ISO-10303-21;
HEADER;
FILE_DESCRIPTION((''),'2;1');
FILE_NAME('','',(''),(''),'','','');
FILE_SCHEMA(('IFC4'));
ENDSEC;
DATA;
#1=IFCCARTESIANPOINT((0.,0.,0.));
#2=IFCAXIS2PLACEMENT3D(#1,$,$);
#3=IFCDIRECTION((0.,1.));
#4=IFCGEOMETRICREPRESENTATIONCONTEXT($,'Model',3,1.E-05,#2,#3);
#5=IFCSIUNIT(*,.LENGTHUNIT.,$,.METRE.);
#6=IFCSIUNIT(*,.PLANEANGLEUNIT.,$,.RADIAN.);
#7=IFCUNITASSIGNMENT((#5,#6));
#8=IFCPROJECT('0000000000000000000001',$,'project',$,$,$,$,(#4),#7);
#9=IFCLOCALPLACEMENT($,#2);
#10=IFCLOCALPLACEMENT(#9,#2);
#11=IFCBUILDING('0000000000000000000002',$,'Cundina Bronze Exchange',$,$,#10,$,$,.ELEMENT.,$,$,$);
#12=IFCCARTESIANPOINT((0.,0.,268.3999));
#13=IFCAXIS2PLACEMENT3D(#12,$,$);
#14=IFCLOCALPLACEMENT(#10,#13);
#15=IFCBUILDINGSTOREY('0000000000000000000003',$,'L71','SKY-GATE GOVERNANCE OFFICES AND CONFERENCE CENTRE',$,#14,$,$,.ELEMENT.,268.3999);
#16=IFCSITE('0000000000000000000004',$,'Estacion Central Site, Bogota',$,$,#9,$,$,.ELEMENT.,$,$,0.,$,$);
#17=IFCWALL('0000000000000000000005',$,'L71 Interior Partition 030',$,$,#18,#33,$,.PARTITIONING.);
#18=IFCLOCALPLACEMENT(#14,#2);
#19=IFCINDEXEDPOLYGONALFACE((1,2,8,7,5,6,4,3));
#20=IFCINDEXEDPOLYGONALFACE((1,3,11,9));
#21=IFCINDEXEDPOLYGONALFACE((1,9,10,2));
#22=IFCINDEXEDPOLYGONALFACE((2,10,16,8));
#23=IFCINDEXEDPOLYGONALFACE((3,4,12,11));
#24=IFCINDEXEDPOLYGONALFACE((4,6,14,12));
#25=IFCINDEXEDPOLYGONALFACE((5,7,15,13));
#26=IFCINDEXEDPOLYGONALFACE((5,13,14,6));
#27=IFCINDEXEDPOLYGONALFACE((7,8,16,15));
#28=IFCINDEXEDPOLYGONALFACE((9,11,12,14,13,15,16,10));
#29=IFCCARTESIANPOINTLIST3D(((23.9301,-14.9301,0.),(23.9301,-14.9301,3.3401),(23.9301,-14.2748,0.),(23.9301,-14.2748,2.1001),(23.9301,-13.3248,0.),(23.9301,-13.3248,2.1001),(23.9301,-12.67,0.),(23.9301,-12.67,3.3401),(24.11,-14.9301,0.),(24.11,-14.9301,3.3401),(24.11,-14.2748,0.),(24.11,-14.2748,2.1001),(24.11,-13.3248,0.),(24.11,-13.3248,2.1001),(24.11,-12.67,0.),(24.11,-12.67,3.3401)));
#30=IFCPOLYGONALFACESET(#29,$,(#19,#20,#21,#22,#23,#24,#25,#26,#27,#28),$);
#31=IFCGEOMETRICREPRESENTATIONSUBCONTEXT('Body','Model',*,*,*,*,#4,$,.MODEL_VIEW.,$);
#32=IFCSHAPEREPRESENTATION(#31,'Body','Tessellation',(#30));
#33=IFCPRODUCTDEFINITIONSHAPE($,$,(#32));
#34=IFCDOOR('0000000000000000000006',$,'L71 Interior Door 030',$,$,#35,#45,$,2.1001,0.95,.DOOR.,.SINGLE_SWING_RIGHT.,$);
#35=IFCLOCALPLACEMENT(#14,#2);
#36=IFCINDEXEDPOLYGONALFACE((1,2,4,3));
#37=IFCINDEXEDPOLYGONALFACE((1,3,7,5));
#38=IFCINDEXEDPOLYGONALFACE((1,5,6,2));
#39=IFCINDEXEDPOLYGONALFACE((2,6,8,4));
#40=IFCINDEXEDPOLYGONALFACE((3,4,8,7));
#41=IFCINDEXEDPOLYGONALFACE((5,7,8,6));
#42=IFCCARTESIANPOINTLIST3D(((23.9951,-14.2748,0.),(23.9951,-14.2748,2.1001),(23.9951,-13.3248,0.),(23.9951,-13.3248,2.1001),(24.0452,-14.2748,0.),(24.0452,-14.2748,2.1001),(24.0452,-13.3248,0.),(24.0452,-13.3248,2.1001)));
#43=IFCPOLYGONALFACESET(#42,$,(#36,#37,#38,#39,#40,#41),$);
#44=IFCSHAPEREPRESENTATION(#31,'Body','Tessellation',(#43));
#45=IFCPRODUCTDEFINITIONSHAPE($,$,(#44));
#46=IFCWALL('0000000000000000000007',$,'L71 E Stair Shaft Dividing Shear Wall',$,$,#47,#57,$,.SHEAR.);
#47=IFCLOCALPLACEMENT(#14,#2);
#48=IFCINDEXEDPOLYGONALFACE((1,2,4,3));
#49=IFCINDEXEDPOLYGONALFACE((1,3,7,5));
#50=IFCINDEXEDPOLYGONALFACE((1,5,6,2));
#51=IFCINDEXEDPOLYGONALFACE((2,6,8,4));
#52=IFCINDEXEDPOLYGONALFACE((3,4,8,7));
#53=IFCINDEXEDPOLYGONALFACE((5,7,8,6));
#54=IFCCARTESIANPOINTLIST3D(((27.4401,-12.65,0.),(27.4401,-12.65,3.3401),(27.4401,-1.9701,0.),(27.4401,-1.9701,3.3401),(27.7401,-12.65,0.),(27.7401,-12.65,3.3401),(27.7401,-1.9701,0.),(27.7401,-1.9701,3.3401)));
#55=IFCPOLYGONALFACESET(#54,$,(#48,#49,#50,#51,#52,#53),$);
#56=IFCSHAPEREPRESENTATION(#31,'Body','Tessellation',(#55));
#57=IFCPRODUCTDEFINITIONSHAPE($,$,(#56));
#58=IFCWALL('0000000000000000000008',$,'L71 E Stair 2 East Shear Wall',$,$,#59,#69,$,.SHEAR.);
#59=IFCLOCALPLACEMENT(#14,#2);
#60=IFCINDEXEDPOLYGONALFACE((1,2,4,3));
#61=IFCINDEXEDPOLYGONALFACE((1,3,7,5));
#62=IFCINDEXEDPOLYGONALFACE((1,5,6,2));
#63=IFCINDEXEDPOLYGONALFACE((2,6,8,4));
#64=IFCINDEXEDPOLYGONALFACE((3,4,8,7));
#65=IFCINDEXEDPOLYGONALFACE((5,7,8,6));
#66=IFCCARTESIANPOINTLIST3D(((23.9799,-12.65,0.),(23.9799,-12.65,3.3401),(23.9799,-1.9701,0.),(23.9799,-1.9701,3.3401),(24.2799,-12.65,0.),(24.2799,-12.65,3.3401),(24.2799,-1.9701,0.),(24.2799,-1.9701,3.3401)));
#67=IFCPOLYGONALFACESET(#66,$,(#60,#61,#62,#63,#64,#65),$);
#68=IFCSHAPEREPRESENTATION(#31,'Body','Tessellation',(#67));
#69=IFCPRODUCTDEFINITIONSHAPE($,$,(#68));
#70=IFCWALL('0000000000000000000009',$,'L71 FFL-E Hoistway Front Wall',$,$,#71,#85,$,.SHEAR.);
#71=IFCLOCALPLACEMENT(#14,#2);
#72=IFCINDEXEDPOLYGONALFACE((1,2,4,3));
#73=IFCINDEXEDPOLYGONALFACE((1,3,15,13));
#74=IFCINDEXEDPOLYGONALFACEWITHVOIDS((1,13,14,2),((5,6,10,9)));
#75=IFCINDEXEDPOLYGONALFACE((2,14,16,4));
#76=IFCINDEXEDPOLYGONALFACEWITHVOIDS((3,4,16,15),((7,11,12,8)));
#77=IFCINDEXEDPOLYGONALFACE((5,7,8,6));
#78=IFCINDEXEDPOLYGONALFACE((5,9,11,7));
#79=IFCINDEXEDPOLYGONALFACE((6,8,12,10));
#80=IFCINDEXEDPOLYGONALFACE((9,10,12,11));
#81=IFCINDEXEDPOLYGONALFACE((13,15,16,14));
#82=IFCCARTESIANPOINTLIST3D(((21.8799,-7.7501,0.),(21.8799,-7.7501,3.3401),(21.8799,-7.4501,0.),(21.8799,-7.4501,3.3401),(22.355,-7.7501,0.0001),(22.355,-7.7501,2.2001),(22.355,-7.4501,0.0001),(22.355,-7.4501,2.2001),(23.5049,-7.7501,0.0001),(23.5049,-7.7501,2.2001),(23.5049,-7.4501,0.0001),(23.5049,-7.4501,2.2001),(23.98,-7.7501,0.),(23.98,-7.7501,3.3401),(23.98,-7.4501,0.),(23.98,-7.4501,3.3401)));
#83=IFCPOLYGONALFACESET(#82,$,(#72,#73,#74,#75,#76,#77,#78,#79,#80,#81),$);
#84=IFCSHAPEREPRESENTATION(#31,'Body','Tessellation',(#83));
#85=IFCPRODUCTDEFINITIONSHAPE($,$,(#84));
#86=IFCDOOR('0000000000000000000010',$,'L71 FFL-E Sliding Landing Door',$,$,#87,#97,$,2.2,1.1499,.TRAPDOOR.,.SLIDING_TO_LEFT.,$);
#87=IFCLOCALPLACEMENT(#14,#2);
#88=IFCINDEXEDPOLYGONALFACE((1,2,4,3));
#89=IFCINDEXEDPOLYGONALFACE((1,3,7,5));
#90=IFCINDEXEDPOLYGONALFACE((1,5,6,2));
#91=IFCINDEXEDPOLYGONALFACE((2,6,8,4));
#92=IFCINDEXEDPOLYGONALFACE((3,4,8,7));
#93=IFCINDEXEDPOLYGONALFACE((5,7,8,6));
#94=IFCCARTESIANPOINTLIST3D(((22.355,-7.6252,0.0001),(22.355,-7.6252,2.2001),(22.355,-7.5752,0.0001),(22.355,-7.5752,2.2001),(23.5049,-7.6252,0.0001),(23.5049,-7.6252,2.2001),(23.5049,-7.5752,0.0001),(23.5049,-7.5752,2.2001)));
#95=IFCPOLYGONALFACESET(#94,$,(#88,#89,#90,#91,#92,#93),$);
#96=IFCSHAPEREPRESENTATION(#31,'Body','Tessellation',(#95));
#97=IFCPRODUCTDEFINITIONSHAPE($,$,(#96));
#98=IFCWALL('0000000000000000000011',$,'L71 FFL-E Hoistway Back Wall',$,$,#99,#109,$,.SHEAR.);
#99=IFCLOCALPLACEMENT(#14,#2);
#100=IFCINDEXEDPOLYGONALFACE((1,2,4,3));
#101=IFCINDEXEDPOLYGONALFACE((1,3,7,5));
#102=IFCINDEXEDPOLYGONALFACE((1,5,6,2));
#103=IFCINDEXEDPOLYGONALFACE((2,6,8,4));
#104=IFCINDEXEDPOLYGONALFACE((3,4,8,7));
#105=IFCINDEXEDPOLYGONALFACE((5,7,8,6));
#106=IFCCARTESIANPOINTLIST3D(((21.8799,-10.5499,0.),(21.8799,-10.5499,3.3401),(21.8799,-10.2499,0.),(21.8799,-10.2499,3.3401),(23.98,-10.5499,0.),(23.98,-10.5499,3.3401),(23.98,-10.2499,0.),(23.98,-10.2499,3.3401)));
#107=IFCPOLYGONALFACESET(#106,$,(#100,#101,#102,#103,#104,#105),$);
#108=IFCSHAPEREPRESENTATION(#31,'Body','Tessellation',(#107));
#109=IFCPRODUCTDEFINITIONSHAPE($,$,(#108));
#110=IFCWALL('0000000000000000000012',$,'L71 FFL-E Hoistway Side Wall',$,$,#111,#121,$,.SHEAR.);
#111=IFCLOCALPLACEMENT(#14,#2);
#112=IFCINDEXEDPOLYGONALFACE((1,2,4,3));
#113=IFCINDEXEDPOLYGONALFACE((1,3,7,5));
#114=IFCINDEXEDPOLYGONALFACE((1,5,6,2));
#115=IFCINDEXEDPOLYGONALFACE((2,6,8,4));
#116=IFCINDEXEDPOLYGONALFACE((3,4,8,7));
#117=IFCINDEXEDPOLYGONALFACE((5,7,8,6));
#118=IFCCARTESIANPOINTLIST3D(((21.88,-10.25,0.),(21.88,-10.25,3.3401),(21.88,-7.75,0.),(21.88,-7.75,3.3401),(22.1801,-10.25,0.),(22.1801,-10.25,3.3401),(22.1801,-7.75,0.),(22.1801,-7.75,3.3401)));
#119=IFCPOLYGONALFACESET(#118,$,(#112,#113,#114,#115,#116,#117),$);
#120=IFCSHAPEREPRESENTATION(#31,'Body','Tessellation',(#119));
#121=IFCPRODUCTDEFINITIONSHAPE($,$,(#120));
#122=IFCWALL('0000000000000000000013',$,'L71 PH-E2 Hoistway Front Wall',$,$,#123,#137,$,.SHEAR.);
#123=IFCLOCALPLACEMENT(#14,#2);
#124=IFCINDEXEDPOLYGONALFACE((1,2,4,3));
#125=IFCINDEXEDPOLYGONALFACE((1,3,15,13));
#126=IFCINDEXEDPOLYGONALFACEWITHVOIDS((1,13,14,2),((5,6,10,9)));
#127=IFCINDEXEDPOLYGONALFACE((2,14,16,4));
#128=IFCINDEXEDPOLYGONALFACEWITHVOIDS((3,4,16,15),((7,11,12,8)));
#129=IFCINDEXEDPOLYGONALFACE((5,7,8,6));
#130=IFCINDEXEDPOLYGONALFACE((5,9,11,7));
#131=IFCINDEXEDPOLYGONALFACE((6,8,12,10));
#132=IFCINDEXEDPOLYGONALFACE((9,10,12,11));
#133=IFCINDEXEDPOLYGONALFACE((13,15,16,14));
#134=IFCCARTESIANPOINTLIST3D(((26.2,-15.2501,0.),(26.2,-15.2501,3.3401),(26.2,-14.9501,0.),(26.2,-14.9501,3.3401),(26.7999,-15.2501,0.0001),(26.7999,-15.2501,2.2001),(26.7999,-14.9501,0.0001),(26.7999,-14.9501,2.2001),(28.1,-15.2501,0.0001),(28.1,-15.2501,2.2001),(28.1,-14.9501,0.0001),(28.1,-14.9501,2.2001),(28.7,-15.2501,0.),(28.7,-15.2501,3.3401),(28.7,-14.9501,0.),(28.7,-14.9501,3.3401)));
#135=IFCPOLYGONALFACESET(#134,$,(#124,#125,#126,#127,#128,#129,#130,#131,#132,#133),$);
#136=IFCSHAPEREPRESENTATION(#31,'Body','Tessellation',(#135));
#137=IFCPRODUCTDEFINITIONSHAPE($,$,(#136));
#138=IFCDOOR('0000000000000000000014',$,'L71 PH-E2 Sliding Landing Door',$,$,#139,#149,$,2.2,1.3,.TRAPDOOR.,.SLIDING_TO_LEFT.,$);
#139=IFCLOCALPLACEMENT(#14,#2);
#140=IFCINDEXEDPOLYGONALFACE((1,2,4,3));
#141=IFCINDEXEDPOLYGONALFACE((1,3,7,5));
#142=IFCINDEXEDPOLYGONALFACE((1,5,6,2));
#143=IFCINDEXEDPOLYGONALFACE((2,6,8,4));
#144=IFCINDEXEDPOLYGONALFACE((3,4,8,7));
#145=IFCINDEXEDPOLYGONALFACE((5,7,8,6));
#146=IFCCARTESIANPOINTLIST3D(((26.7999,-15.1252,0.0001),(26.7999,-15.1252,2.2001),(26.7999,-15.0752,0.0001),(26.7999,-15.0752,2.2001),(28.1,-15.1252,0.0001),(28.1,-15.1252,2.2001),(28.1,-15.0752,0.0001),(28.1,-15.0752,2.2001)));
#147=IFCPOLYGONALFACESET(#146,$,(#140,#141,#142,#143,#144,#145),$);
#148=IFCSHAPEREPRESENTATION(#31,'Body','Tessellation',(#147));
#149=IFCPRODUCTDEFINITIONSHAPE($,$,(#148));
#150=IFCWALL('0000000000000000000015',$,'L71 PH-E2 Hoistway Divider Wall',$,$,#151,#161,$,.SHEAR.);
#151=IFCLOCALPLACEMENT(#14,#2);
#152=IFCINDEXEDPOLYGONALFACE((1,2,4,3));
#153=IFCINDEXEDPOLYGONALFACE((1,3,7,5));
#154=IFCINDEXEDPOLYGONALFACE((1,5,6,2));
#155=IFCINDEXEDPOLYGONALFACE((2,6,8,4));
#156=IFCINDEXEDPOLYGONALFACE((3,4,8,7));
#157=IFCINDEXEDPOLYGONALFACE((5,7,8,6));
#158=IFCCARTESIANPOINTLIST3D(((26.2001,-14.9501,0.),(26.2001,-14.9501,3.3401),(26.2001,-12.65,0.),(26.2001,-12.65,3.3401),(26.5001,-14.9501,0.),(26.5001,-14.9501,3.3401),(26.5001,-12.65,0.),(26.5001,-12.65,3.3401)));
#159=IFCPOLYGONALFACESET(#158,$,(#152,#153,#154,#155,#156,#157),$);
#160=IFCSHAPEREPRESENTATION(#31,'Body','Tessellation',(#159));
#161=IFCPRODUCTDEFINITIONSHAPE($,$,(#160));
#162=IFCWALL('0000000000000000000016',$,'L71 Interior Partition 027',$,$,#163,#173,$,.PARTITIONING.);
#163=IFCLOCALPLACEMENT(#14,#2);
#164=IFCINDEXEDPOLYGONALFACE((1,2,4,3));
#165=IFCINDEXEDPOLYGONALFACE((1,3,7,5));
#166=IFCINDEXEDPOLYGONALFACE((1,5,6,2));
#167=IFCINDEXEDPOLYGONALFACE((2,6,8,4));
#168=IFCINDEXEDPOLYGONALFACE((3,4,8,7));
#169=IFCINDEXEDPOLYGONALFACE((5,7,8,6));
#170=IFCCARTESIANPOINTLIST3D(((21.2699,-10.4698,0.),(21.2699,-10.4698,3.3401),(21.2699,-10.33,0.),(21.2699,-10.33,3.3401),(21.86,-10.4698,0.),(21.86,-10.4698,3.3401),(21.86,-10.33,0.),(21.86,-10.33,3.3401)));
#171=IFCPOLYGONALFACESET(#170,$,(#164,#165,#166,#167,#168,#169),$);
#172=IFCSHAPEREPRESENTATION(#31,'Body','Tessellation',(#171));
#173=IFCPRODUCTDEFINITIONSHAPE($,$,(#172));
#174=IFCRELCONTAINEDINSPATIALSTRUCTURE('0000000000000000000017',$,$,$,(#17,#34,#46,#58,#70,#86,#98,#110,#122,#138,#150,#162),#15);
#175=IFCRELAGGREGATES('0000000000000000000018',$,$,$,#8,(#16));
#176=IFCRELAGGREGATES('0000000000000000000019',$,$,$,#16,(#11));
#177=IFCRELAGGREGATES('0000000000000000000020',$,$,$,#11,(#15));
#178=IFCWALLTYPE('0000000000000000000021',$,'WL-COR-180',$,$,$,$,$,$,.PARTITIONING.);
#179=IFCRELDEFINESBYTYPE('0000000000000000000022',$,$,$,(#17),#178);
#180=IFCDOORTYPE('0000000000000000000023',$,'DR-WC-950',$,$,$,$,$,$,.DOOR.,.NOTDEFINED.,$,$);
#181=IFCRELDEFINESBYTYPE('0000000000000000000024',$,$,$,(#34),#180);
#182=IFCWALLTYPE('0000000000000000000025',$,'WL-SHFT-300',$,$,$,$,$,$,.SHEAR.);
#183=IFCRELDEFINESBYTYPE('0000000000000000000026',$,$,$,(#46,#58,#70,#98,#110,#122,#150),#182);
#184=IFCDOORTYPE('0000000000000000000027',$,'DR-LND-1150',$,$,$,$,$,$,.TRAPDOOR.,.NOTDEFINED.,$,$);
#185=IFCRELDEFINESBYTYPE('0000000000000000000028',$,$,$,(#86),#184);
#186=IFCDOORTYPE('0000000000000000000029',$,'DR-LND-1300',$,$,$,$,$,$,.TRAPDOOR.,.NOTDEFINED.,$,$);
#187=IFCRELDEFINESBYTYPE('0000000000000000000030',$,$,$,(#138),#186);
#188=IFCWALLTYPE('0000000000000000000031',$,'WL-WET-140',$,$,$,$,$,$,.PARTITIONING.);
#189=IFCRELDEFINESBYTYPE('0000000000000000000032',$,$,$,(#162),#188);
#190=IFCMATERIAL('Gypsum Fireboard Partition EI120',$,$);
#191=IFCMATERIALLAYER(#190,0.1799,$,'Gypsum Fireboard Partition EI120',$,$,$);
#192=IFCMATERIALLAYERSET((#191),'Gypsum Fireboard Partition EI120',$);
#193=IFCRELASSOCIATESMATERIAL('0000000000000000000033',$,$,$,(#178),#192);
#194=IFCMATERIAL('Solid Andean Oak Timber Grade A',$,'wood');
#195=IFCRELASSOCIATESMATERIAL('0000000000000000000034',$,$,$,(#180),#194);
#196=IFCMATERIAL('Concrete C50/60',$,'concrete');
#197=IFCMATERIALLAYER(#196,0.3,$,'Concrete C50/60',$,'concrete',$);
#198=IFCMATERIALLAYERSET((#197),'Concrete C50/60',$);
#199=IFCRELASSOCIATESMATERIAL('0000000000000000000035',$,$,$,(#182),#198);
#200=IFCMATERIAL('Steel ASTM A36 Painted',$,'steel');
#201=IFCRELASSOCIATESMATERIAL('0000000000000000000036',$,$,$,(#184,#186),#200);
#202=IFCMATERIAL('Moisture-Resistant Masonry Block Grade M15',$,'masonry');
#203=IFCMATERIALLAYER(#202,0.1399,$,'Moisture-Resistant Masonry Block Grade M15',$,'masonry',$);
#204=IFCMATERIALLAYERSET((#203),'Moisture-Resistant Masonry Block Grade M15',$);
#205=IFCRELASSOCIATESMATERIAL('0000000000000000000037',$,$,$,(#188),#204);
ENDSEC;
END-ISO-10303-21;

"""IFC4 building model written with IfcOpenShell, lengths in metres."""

from ifc_helpers import new_model, si_unit, direction, frame, frame_2d, origin, place, context, subcontext, project, spatial, rectangle, extrude, material, layer, layer_set, type_object, element, fill, save


model = new_model("IFC4")

# Units and contexts
model_context = context("Model", 3, precision=1e-05, world=origin(), true_north=direction((0.0, 1.0)))
body_context = subcontext(model_context, "Body", "Model", "MODEL_VIEW")
ifc_project = project(units=[si_unit("LENGTHUNIT", "METRE"), si_unit("PLANEANGLEUNIT", "RADIAN")], contexts=[model_context])

# Site, building, storey
site_placement = place(None, origin())
site = spatial("IfcSite", under=ifc_project, at=site_placement, Name="Estacion Central Site, Bogota", CompositionType="ELEMENT", RefElevation=0.0)
building_placement = place(site_placement, origin())
building = spatial("IfcBuilding", under=site, at=building_placement, Name="Cundina Bronze Exchange", CompositionType="ELEMENT")
storey_placement = place(building_placement, frame((0.0, 0.0, 268.3999)))
storey = spatial("IfcBuildingStorey", under=building, at=storey_placement, Name="L71", Description="SKY-GATE GOVERNANCE OFFICES AND CONFERENCE CENTRE", CompositionType="ELEMENT", Elevation=268.3999)

# Shared definitions
ifc_material_1 = material(Name="Concrete C50/60", Category="concrete")

# Shared definitions
ifc_material_2 = material(Name="Gypsum Fireboard Partition EI120")
ifc_layer_1 = layer(ifc_material_2, 0.1799, Name="Gypsum Fireboard Partition EI120")
ifc_layer_set_1 = layer_set([ifc_layer_1], Name="Gypsum Fireboard Partition EI120")
wall_type_1 = type_object("IfcWallType", Name="WL-COR-180", PredefinedType="PARTITIONING", material=ifc_layer_set_1)

# Wall, opening, door
wall_1_placement = place(storey_placement, frame((24.02, -14.9299, 0.0), z_axis=(0.0, 0.0, 1.0), x_axis=(0.0, 1.0, 0.0)))
wall_1 = element("IfcWall", 1, at=wall_1_placement, inside=storey, type_object=wall_type_1, Name="L71 Interior Partition 030", PredefinedType="PARTITIONING", context=body_context, shape_type="SweptSolid", body=[
    extrude(rectangle(XDim=2.26, YDim=0.1799, at=frame_2d((1.1299, 0.0))), origin(), (0.0, 0.0, 1.0), 3.3401),
])
opening_1_placement = place(wall_1_placement, frame((0.655, 0.0, 0.0)))
opening_1 = element("IfcOpeningElement", 2, at=opening_1_placement, cuts=wall_1, PredefinedType="OPENING", context=body_context, shape_type="SweptSolid", body=[
    extrude(rectangle(XDim=0.95, YDim=2.1001, at=frame_2d((0.4751, 1.05))), frame((0.0, 0.0999, 0.0), z_axis=(0.0, -1.0, 0.0), x_axis=(1.0, 0.0, 0.0)), (0.0, 0.0, 1.0), 0.2),
])
ifc_material_3 = material(Name="Solid Andean Oak Timber Grade A", Category="wood")
door_type_1 = type_object("IfcDoorType", Name="DR-WC-950", OperationType="NOTDEFINED", PredefinedType="DOOR", material=ifc_material_3)
door_1_placement = place(opening_1_placement, origin())
door_1 = element("IfcDoor", 3, at=door_1_placement, inside=storey, type_object=door_type_1, Name="L71 Interior Door 030", OperationType="SINGLE_SWING_RIGHT", OverallHeight=2.1001, OverallWidth=0.95, PredefinedType="DOOR", context=body_context, shape_type="SweptSolid", body=[
    extrude(rectangle(XDim=0.95, YDim=2.1001, at=frame_2d((0.4751, 1.05))), frame((0.0, 0.0249, 0.0), z_axis=(0.0, -1.0, 0.0), x_axis=(1.0, 0.0, 0.0)), (0.0, 0.0, 1.0), 0.05),
])
fill(opening_1, door_1)

# Walls
ifc_layer_2 = layer(ifc_material_1, 0.3, Name="Concrete C50/60", Category="concrete")
ifc_layer_set_2 = layer_set([ifc_layer_2], Name="Concrete C50/60")
wall_type_2 = type_object("IfcWallType", Name="WL-SHFT-300", PredefinedType="SHEAR", material=ifc_layer_set_2)
for number, where, z_axis, x_axis, name in (
    (4, (27.5901, -12.6499, 0.0), (0.0, 0.0, 1.0), (0.0, 1.0, 0.0), "L71 E Stair Shaft Dividing Shear Wall"),
    (5, (24.1299, -12.6499, 0.0), (0.0, 0.0, 1.0), (0.0, 1.0, 0.0), "L71 E Stair 2 East Shear Wall"),
):
    element("IfcWall", number, at=place(storey_placement, frame(where, z_axis=z_axis, x_axis=x_axis)), inside=storey, type_object=wall_type_2, Name=name, PredefinedType="SHEAR", context=body_context, shape_type="SweptSolid", body=[
        extrude(rectangle(XDim=10.6799, YDim=0.3, at=frame_2d((5.3398, 0.0))), origin(), (0.0, 0.0, 1.0), 3.3401),
    ])

# Wall, opening, door
ifc_material_4 = material(Name="Steel ASTM A36 Painted", Category="steel")
wall_2_placement = place(storey_placement, frame((21.8799, -7.6001, 0.0), z_axis=(0.0, 0.0, 1.0), x_axis=(1.0, 0.0, 0.0)))
wall_2 = element("IfcWall", 6, at=wall_2_placement, inside=storey, type_object=wall_type_2, Name="L71 FFL-E Hoistway Front Wall", PredefinedType="SHEAR", context=body_context, shape_type="SweptSolid", body=[
    extrude(rectangle(XDim=2.1001, YDim=0.3, at=frame_2d((1.05, 0.0))), origin(), (0.0, 0.0, 1.0), 3.3401),
])
opening_2_placement = place(wall_2_placement, frame((0.4751, 0.0, 0.0)))
opening_2 = element("IfcOpeningElement", 7, at=opening_2_placement, cuts=wall_2, PredefinedType="OPENING", context=body_context, shape_type="SweptSolid", body=[
    extrude(rectangle(XDim=1.1499, YDim=2.2, at=frame_2d((0.575, 1.1001))), frame((0.0, 0.1599, 0.0), z_axis=(0.0, -1.0, 0.0), x_axis=(1.0, 0.0, 0.0)), (0.0, 0.0, 1.0), 0.3201),
])
door_type_2 = type_object("IfcDoorType", Name="DR-LND-1150", OperationType="NOTDEFINED", PredefinedType="TRAPDOOR", material=ifc_material_4)
door_2_placement = place(opening_2_placement, origin())
door_2 = element("IfcDoor", 8, at=door_2_placement, inside=storey, type_object=door_type_2, Name="L71 FFL-E Sliding Landing Door", OperationType="SLIDING_TO_LEFT", OverallHeight=2.2, OverallWidth=1.1499, PredefinedType="TRAPDOOR", context=body_context, shape_type="SweptSolid", body=[
    extrude(rectangle(XDim=1.1499, YDim=2.2, at=frame_2d((0.575, 1.1001))), frame((0.0, 0.0249, 0.0), z_axis=(0.0, -1.0, 0.0), x_axis=(1.0, 0.0, 0.0)), (0.0, 0.0, 1.0), 0.05),
])
fill(opening_2, door_2)

# Walls
wall_3_placement = place(storey_placement, frame((21.8799, -10.3999, 0.0), z_axis=(0.0, 0.0, 1.0), x_axis=(1.0, 0.0, 0.0)))
element("IfcWall", 9, at=wall_3_placement, inside=storey, type_object=wall_type_2, Name="L71 FFL-E Hoistway Back Wall", PredefinedType="SHEAR", context=body_context, shape_type="SweptSolid", body=[
    extrude(rectangle(XDim=2.1001, YDim=0.3, at=frame_2d((1.05, 0.0))), origin(), (0.0, 0.0, 1.0), 3.3401),
])
wall_4_placement = place(storey_placement, frame((22.03, -10.25, 0.0), z_axis=(0.0, 0.0, 1.0), x_axis=(0.0, 1.0, 0.0)))
element("IfcWall", 10, at=wall_4_placement, inside=storey, type_object=wall_type_2, Name="L71 FFL-E Hoistway Side Wall", PredefinedType="SHEAR", context=body_context, shape_type="SweptSolid", body=[
    extrude(rectangle(XDim=2.5, YDim=0.3, at=frame_2d((1.25, 0.0))), origin(), (0.0, 0.0, 1.0), 3.3401),
])

# Wall, opening, door
wall_5_placement = place(storey_placement, frame((26.2, -15.1001, 0.0), z_axis=(0.0, 0.0, 1.0), x_axis=(1.0, 0.0, 0.0)))
wall_5 = element("IfcWall", 11, at=wall_5_placement, inside=storey, type_object=wall_type_2, Name="L71 PH-E2 Hoistway Front Wall", PredefinedType="SHEAR", context=body_context, shape_type="SweptSolid", body=[
    extrude(rectangle(XDim=2.5, YDim=0.3, at=frame_2d((1.25, 0.0))), origin(), (0.0, 0.0, 1.0), 3.3401),
])
opening_3_placement = place(wall_5_placement, frame((0.6001, 0.0, 0.0)))
opening_3 = element("IfcOpeningElement", 12, at=opening_3_placement, cuts=wall_5, PredefinedType="OPENING", context=body_context, shape_type="SweptSolid", body=[
    extrude(rectangle(XDim=1.3, YDim=2.2, at=frame_2d((0.6499, 1.1001))), frame((0.0, 0.1599, 0.0), z_axis=(0.0, -1.0, 0.0), x_axis=(1.0, 0.0, 0.0)), (0.0, 0.0, 1.0), 0.3201),
])
door_type_3 = type_object("IfcDoorType", Name="DR-LND-1300", OperationType="NOTDEFINED", PredefinedType="TRAPDOOR", material=ifc_material_4)
door_3_placement = place(opening_3_placement, origin())
door_3 = element("IfcDoor", 13, at=door_3_placement, inside=storey, type_object=door_type_3, Name="L71 PH-E2 Sliding Landing Door", OperationType="SLIDING_TO_LEFT", OverallHeight=2.2, OverallWidth=1.3, PredefinedType="TRAPDOOR", context=body_context, shape_type="SweptSolid", body=[
    extrude(rectangle(XDim=1.3, YDim=2.2, at=frame_2d((0.6499, 1.1001))), frame((0.0, 0.0249, 0.0), z_axis=(0.0, -1.0, 0.0), x_axis=(1.0, 0.0, 0.0)), (0.0, 0.0, 1.0), 0.05),
])
fill(opening_3, door_3)

# Walls
wall_6_placement = place(storey_placement, frame((26.3501, -14.95, 0.0), z_axis=(0.0, 0.0, 1.0), x_axis=(0.0, 1.0, 0.0)))
element("IfcWall", 14, at=wall_6_placement, inside=storey, type_object=wall_type_2, Name="L71 PH-E2 Hoistway Divider Wall", PredefinedType="SHEAR", context=body_context, shape_type="SweptSolid", body=[
    extrude(rectangle(XDim=2.3, YDim=0.3, at=frame_2d((1.1499, 0.0))), origin(), (0.0, 0.0, 1.0), 3.3401),
])
ifc_material_5 = material(Name="Moisture-Resistant Masonry Block Grade M15", Category="masonry")
ifc_layer_3 = layer(ifc_material_5, 0.1399, Name="Moisture-Resistant Masonry Block Grade M15", Category="masonry")
ifc_layer_set_3 = layer_set([ifc_layer_3], Name="Moisture-Resistant Masonry Block Grade M15")
wall_type_3 = type_object("IfcWallType", Name="WL-WET-140", PredefinedType="PARTITIONING", material=ifc_layer_set_3)
wall_7_placement = place(storey_placement, frame((21.27, -10.3999, 0.0), z_axis=(0.0, 0.0, 1.0), x_axis=(1.0, 0.0, 0.0)))
element("IfcWall", 15, at=wall_7_placement, inside=storey, type_object=wall_type_3, Name="L71 Interior Partition 027", PredefinedType="PARTITIONING", context=body_context, shape_type="SweptSolid", body=[
    extrude(rectangle(XDim=0.5901, YDim=0.1399, at=frame_2d((0.2949, 0.0))), origin(), (0.0, 0.0, 1.0), 3.3401),
])

save(model, "model.ifc")
